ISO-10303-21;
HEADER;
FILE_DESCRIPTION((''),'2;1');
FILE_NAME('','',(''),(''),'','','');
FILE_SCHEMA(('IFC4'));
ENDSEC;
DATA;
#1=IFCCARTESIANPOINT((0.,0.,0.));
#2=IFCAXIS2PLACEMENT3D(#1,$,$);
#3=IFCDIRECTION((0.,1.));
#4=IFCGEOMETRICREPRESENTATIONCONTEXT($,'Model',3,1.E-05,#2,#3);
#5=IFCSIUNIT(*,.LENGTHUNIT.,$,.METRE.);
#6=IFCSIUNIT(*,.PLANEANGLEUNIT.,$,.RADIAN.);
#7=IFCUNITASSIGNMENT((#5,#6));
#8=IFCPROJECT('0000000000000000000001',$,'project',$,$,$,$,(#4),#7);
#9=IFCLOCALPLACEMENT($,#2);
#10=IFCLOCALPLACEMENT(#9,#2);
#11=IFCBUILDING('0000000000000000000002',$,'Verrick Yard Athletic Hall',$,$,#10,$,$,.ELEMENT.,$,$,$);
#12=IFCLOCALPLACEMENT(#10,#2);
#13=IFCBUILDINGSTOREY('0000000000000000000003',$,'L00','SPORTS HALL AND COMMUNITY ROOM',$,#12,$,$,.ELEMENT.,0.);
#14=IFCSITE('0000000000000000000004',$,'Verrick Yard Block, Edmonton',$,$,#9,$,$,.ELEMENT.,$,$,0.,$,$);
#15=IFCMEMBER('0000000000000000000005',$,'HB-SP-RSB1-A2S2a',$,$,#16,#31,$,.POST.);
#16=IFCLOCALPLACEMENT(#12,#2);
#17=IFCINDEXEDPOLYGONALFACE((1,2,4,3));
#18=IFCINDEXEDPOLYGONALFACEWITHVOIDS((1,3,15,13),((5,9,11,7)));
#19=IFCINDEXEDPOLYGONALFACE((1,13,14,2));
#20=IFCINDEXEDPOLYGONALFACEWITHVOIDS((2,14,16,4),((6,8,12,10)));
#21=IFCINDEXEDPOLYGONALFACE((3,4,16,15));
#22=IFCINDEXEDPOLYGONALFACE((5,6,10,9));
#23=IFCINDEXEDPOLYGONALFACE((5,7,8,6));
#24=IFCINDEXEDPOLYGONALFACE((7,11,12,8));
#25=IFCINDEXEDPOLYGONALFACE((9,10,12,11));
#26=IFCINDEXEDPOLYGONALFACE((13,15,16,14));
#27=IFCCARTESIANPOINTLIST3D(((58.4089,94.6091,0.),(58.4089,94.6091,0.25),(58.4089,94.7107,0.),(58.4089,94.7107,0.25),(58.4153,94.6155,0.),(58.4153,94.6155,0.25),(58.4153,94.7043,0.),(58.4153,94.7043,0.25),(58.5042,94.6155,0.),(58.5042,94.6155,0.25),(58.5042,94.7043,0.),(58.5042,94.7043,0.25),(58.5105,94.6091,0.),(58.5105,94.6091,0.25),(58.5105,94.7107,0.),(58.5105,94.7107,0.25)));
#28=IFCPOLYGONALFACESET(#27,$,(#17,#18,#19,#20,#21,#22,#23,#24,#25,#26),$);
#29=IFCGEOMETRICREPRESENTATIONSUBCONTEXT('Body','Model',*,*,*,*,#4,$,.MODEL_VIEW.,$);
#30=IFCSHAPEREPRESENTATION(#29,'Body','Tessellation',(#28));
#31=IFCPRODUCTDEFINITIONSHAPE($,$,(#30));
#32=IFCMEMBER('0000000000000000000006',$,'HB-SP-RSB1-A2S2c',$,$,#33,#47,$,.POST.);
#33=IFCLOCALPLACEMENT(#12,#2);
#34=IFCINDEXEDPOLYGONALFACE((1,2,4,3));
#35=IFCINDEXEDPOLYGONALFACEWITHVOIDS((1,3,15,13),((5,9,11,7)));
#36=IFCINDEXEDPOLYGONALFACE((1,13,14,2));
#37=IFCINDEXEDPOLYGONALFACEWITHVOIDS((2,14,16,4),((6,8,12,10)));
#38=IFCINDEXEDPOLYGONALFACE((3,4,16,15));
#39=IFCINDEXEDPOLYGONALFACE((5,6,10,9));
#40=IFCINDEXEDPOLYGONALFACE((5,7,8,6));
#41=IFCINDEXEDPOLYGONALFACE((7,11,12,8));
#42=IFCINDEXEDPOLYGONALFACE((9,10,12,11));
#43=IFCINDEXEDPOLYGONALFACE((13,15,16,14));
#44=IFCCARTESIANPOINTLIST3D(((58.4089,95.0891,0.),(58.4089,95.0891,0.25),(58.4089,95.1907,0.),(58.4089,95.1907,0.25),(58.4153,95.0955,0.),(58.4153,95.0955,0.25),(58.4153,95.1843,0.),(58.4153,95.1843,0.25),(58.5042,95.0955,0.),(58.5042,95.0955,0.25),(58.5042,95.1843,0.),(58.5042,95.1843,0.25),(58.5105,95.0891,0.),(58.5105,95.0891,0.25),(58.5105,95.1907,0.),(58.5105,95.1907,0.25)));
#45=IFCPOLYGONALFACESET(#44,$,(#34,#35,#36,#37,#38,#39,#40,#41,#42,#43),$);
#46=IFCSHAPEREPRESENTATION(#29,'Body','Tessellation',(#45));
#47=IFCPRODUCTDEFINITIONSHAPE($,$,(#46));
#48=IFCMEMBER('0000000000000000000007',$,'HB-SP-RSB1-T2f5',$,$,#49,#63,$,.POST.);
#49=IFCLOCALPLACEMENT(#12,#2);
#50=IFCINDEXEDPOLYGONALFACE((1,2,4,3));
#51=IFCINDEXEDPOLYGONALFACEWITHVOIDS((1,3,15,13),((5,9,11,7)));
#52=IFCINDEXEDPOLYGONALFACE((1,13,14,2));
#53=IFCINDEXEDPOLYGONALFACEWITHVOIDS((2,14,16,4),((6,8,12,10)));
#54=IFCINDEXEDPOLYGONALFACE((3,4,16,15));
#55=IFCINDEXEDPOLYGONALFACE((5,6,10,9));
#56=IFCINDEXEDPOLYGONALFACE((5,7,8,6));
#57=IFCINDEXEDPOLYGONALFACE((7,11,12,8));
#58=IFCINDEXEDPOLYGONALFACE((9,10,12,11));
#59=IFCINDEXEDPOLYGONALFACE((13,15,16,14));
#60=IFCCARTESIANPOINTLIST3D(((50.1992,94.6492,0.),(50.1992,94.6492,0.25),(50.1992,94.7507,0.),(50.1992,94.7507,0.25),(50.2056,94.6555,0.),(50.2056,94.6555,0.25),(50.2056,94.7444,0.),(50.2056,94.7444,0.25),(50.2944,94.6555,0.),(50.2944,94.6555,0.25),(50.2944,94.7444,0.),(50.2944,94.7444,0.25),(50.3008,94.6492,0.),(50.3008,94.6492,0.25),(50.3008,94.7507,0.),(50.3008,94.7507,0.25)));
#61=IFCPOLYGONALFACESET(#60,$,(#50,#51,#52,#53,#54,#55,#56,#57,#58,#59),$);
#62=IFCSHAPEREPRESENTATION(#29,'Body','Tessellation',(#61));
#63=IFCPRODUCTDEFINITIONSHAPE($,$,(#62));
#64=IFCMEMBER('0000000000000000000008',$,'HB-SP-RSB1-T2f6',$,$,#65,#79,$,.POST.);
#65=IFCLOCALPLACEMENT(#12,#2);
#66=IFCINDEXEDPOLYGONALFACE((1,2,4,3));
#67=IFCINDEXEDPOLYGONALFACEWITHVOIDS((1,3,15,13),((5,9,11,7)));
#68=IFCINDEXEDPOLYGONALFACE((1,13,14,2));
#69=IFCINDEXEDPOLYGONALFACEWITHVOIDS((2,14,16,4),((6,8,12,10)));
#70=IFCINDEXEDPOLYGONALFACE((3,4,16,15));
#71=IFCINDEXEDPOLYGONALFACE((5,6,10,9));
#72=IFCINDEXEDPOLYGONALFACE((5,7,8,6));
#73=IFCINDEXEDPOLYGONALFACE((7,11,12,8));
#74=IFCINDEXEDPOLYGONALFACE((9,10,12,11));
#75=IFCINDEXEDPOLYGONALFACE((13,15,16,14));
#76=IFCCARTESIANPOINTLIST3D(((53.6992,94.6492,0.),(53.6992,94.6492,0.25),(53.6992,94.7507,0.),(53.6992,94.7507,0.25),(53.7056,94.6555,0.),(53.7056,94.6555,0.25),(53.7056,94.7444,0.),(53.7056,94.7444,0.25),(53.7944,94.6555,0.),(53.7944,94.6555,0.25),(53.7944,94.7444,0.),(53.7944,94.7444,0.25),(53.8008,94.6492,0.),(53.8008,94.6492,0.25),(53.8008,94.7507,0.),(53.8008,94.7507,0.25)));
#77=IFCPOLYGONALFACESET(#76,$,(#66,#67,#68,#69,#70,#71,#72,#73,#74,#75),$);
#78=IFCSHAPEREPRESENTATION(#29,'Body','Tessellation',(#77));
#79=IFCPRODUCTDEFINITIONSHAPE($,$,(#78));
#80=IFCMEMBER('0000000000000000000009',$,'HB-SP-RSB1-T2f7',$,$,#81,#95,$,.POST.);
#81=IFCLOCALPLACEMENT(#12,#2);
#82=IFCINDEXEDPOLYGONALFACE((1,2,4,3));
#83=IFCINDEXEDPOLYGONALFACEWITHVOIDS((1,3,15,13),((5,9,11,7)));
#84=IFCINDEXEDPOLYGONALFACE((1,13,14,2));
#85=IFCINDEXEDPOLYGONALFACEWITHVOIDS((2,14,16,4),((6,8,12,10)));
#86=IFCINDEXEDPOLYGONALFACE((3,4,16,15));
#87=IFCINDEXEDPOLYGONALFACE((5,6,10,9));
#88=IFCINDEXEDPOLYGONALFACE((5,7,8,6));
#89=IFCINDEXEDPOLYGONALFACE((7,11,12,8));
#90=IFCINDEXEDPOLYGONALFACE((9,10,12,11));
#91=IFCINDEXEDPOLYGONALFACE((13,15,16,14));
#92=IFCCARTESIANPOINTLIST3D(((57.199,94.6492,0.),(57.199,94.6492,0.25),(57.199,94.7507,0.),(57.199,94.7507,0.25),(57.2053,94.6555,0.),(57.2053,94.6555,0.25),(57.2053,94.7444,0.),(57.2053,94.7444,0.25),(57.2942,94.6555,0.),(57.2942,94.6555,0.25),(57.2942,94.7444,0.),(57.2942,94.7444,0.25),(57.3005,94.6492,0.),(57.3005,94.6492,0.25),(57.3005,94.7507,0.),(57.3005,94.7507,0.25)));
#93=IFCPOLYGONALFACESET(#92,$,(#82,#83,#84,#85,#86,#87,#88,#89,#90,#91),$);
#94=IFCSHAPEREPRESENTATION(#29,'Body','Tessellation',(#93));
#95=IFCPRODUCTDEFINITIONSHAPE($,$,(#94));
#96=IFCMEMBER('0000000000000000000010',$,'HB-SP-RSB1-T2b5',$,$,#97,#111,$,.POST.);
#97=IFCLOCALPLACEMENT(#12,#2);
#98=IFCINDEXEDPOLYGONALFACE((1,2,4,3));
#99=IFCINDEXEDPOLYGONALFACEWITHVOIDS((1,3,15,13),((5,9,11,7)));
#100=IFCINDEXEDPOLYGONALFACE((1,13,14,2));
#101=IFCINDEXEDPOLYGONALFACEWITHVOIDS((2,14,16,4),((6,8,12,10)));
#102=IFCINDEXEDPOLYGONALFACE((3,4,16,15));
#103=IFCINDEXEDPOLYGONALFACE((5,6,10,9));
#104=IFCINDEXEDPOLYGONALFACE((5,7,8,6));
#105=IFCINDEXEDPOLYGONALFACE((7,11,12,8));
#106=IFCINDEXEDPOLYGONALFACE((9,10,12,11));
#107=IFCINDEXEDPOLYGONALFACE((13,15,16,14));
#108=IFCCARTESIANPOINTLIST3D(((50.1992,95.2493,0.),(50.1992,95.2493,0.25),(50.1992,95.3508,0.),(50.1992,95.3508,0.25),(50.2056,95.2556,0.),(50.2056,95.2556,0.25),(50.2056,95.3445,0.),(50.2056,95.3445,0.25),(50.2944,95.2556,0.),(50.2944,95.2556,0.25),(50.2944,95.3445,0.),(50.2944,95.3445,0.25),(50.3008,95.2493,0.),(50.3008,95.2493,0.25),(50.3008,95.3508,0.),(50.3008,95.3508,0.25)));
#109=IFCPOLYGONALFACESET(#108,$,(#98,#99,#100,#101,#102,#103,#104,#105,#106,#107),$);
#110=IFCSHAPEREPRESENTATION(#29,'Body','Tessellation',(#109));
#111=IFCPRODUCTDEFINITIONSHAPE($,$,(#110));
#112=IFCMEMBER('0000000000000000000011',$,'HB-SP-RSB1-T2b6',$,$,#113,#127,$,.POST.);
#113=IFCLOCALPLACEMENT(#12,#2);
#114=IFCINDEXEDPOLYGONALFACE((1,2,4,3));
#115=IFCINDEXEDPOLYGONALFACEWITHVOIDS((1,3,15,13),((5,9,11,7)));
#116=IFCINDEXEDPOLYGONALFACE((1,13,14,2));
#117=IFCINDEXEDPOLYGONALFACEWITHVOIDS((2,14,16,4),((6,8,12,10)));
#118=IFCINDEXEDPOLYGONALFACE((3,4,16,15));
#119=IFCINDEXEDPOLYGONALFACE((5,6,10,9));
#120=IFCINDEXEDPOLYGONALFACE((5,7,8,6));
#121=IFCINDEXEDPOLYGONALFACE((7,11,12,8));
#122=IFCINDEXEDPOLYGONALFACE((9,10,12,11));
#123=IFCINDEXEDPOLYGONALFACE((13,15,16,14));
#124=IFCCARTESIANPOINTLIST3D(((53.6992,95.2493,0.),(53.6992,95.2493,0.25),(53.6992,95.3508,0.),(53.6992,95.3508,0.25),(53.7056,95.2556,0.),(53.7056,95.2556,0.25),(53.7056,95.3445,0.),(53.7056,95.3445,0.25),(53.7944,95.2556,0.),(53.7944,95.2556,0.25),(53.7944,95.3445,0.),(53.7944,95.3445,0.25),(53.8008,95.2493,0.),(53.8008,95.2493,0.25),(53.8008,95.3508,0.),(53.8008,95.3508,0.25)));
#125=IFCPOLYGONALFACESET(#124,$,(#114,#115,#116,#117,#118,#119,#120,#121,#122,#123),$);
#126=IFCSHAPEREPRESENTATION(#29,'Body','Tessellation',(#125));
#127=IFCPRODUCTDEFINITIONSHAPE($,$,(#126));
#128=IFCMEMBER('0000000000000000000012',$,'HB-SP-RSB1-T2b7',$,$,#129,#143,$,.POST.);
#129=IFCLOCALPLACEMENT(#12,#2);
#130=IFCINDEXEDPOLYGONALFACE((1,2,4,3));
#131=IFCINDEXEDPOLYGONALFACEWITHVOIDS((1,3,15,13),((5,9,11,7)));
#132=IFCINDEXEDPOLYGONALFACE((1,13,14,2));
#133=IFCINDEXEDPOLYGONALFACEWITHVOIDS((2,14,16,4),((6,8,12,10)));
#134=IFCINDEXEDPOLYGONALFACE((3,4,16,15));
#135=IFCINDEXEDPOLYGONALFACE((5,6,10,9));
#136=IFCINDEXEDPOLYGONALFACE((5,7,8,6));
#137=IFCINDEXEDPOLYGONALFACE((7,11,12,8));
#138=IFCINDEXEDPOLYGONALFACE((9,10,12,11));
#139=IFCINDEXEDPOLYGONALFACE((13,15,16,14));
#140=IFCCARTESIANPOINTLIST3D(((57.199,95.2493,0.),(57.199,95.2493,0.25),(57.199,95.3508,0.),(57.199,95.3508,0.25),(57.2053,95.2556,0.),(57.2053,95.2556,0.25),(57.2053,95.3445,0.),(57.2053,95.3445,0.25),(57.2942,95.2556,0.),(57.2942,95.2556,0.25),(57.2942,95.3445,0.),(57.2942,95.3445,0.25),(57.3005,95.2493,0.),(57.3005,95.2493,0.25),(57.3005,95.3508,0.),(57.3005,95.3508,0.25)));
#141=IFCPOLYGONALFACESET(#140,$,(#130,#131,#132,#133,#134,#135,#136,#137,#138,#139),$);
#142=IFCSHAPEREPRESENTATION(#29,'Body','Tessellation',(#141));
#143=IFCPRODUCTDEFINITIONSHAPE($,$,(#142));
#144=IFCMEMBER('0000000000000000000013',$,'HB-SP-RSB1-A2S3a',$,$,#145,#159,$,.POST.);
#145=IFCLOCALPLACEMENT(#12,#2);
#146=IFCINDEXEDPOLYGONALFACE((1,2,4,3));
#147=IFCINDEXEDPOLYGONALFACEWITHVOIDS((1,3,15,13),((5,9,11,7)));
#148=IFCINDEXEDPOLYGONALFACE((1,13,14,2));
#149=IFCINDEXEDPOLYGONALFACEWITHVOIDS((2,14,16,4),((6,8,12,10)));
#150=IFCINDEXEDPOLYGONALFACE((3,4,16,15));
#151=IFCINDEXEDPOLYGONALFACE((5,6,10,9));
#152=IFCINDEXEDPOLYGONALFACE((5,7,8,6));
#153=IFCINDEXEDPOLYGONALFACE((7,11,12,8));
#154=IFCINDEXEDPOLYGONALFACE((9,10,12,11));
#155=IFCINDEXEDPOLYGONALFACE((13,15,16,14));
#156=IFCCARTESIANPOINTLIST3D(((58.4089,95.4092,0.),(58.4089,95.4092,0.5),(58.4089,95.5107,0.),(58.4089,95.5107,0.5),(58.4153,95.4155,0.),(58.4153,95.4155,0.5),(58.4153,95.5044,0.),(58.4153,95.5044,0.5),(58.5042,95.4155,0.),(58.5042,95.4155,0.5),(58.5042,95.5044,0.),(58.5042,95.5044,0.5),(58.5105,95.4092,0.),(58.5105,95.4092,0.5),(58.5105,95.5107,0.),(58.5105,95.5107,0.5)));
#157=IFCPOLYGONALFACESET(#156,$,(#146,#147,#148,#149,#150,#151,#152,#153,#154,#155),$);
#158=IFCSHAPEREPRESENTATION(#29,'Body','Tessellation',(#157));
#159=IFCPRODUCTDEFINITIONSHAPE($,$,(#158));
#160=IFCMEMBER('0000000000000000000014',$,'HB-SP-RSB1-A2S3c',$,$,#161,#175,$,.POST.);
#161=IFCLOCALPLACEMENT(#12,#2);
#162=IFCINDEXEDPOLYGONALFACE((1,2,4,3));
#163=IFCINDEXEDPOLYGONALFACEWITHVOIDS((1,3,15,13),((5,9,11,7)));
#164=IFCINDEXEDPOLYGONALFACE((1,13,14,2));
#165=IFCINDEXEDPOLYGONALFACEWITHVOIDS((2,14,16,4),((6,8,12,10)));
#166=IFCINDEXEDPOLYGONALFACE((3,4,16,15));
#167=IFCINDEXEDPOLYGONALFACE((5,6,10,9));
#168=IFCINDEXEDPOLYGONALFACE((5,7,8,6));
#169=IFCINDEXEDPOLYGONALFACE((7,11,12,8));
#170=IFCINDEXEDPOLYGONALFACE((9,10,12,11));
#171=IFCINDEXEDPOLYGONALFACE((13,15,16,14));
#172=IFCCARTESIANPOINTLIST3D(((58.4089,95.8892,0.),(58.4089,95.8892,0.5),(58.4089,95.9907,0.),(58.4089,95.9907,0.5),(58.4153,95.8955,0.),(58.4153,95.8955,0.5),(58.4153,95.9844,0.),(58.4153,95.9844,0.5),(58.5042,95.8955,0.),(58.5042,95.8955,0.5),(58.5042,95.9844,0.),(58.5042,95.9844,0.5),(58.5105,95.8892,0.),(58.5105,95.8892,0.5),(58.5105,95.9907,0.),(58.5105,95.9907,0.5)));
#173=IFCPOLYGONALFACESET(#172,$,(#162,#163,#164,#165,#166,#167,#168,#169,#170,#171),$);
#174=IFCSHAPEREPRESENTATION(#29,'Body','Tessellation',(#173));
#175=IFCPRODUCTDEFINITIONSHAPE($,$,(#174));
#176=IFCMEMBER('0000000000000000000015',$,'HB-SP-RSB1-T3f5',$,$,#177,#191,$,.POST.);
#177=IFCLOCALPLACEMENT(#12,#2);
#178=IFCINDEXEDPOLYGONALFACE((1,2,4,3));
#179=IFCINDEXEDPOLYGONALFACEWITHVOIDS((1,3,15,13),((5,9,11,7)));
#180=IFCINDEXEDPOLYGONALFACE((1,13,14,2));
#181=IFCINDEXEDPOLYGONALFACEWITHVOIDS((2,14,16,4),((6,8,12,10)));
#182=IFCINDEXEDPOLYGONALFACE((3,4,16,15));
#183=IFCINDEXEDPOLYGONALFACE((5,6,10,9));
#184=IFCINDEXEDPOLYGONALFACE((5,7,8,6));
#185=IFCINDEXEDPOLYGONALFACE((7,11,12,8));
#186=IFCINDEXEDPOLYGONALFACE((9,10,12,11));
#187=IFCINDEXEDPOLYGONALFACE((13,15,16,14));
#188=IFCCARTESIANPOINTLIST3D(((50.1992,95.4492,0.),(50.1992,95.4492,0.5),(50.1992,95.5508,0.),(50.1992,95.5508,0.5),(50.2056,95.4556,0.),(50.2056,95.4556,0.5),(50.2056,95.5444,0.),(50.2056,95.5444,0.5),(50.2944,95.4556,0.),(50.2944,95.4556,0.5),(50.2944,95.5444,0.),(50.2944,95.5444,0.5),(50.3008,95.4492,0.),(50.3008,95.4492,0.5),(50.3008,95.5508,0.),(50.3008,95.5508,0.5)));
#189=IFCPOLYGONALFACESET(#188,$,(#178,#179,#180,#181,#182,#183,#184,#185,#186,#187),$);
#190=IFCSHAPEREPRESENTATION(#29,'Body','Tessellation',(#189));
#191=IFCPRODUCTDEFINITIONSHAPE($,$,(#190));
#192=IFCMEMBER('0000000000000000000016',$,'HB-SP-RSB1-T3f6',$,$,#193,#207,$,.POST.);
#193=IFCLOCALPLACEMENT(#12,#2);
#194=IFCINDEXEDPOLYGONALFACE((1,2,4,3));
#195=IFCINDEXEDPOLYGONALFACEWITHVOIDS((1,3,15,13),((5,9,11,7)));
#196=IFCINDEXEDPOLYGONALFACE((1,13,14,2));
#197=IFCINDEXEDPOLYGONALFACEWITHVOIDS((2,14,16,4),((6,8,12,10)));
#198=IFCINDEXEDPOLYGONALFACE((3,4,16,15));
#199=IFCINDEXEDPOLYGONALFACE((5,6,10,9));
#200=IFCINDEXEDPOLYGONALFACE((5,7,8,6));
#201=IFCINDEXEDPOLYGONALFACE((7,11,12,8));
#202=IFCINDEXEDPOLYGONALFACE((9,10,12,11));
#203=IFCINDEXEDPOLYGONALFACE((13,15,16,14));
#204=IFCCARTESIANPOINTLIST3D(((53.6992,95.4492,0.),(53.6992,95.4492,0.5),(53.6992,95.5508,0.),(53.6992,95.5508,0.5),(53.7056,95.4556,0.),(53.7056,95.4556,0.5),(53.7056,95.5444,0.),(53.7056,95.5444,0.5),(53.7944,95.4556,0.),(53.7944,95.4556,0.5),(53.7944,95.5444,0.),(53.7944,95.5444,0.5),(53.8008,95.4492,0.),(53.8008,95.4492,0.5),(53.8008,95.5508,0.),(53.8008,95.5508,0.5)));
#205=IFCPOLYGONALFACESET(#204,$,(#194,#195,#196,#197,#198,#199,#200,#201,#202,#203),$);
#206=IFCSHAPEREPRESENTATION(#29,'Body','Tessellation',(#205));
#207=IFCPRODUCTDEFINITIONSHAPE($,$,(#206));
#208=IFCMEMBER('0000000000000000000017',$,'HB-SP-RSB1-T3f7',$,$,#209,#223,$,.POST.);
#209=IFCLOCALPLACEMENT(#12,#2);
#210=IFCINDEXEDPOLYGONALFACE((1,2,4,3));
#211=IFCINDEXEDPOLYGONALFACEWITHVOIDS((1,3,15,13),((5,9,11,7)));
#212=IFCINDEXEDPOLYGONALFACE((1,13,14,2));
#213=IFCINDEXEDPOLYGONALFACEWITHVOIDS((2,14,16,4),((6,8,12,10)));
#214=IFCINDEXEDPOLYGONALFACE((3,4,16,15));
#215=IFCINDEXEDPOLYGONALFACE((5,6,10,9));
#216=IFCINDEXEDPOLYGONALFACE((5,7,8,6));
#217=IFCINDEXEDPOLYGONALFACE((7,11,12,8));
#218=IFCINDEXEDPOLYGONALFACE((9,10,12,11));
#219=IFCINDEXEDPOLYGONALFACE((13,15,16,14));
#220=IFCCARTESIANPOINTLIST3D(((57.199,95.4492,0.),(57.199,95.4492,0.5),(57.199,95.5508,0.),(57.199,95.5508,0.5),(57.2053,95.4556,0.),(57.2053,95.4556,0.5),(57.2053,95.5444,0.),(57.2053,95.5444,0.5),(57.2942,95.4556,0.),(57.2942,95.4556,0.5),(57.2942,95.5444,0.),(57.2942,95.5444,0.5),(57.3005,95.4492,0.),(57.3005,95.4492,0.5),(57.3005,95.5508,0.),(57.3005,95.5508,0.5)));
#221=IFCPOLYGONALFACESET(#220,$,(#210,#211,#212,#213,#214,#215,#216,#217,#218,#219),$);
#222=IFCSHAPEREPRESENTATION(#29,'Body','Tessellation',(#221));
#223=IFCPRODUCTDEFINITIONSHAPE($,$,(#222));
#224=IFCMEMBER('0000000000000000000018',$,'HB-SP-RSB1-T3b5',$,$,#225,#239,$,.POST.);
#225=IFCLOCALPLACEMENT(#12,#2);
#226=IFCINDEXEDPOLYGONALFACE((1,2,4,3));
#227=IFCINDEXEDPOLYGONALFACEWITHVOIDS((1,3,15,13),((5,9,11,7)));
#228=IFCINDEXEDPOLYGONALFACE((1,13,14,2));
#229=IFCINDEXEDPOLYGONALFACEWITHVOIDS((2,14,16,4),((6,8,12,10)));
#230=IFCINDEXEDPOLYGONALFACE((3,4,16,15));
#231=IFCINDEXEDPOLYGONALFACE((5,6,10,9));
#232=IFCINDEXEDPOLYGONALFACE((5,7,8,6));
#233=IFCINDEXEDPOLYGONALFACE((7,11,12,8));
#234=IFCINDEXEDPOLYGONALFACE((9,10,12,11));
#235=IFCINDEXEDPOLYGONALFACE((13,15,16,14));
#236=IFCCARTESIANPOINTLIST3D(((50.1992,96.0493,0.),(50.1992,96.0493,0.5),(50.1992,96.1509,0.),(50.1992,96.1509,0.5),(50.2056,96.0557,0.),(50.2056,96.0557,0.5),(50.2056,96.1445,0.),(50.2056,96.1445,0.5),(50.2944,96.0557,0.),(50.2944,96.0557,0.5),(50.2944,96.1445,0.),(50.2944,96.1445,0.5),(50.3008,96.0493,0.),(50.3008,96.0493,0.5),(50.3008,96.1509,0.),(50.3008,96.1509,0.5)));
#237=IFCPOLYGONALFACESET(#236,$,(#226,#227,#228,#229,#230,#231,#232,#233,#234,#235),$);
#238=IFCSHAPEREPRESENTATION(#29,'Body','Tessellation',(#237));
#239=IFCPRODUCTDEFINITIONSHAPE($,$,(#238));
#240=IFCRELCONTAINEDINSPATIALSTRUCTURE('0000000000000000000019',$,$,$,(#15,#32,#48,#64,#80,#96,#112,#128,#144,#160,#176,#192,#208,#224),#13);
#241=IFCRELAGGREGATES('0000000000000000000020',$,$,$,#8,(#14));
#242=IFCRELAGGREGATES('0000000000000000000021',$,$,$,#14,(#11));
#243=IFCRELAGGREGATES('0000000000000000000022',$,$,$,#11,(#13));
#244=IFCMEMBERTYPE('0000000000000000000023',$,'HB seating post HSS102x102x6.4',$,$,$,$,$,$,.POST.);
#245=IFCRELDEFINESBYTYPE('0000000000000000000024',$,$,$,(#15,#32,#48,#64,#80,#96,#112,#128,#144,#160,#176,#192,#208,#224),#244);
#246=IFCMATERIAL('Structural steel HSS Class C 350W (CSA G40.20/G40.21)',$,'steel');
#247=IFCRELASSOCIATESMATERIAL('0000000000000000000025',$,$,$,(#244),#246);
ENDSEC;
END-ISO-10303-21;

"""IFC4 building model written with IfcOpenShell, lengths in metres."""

from ifc_helpers import new_model, si_unit, direction, frame, origin, origin_2d, place, context, subcontext, project, spatial, hollow_rectangle, extrude, material, material_profile, profile_set, type_object, element, save


model = new_model("IFC4")

# Units and contexts
model_context = context("Model", 3, precision=1e-05, world=origin(), true_north=direction((0.0, 1.0)))
body_context = subcontext(model_context, "Body", "Model", "MODEL_VIEW")
ifc_project = project(units=[si_unit("LENGTHUNIT", "METRE"), si_unit("PLANEANGLEUNIT", "RADIAN")], contexts=[model_context])

# Site, building, storey
site_placement = place(None, origin())
site = spatial("IfcSite", under=ifc_project, at=site_placement, Name="Verrick Yard Block, Edmonton", CompositionType="ELEMENT", RefElevation=0.0)
building_placement = place(site_placement, origin())
building = spatial("IfcBuilding", under=site, at=building_placement, Name="Verrick Yard Athletic Hall", CompositionType="ELEMENT")
storey_placement = place(building_placement, origin())
storey = spatial("IfcBuildingStorey", under=building, at=storey_placement, Name="L00", Description="SPORTS HALL AND COMMUNITY ROOM", CompositionType="ELEMENT", Elevation=0.0)

# Members
ifc_material = material(Name="Structural steel HSS Class C 350W (CSA G40.20/G40.21)", Category="steel")
ifc_material_profile = material_profile(ifc_material, hollow_rectangle(XDim=0.1016, YDim=0.1016, WallThickness=0.0063, at=origin_2d()), Name="HSS102x102x6.4")
ifc_profile_set = profile_set([ifc_material_profile], Name="Structural steel HSS Class C 350W (CSA G40.20/G40.21)")
member_type = type_object("IfcMemberType", Name="HB seating post HSS102x102x6.4", PredefinedType="POST", material=ifc_profile_set)
for number, where, z_axis, x_axis, name in (
    (1, (58.4597, 94.6599, 0.0), (0.0, 0.0, 1.0), (0.0, 1.0, 0.0), "HB-SP-RSB1-A2S2a"),
    (2, (58.4597, 95.1399, 0.0), (0.0, 0.0, 1.0), (0.0, 1.0, 0.0), "HB-SP-RSB1-A2S2c"),
    (3, (50.25, 94.7, 0.0), (0.0, 0.0, 1.0), (0.0, 1.0, 0.0), "HB-SP-RSB1-T2f5"),
    (4, (53.75, 94.7, 0.0), (0.0, 0.0, 1.0), (0.0, 1.0, 0.0), "HB-SP-RSB1-T2f6"),
    (5, (57.2498, 94.7, 0.0), (0.0, 0.0, 1.0), (0.0, 1.0, 0.0), "HB-SP-RSB1-T2f7"),
    (6, (50.25, 95.3, 0.0), (0.0, 0.0, 1.0), (0.0, 1.0, 0.0), "HB-SP-RSB1-T2b5"),
    (7, (53.75, 95.3, 0.0), (0.0, 0.0, 1.0), (0.0, 1.0, 0.0), "HB-SP-RSB1-T2b6"),
    (8, (57.2498, 95.3, 0.0), (0.0, 0.0, 1.0), (0.0, 1.0, 0.0), "HB-SP-RSB1-T2b7"),
):
    element("IfcMember", number, at=place(storey_placement, frame(where, z_axis=z_axis, x_axis=x_axis)), inside=storey, type_object=member_type, Name=name, PredefinedType="POST", context=body_context, shape_type="SweptSolid", body=[
        extrude(hollow_rectangle(XDim=0.1016, YDim=0.1016, WallThickness=0.0063, at=origin_2d()), origin(), (0.0, 0.0, 1.0), 0.25),
    ])
for number, where, z_axis, x_axis, name in (
    (9, (58.4597, 95.46, 0.0), (0.0, 0.0, 1.0), (0.0, 1.0, 0.0), "HB-SP-RSB1-A2S3a"),
    (10, (58.4597, 95.9399, 0.0), (0.0, 0.0, 1.0), (0.0, 1.0, 0.0), "HB-SP-RSB1-A2S3c"),
    (11, (50.25, 95.5, 0.0), (0.0, 0.0, 1.0), (0.0, 1.0, 0.0), "HB-SP-RSB1-T3f5"),
    (12, (53.75, 95.5, 0.0), (0.0, 0.0, 1.0), (0.0, 1.0, 0.0), "HB-SP-RSB1-T3f6"),
    (13, (57.2498, 95.5, 0.0), (0.0, 0.0, 1.0), (0.0, 1.0, 0.0), "HB-SP-RSB1-T3f7"),
    (14, (50.25, 96.1001, 0.0), (0.0, 0.0, 1.0), (0.0, 1.0, 0.0), "HB-SP-RSB1-T3b5"),
):
    element("IfcMember", number, at=place(storey_placement, frame(where, z_axis=z_axis, x_axis=x_axis)), inside=storey, type_object=member_type, Name=name, PredefinedType="POST", context=body_context, shape_type="SweptSolid", body=[
        extrude(hollow_rectangle(XDim=0.1016, YDim=0.1016, WallThickness=0.0063, at=origin_2d()), origin(), (0.0, 0.0, 1.0), 0.5),
    ])

save(model, "model.ifc")
